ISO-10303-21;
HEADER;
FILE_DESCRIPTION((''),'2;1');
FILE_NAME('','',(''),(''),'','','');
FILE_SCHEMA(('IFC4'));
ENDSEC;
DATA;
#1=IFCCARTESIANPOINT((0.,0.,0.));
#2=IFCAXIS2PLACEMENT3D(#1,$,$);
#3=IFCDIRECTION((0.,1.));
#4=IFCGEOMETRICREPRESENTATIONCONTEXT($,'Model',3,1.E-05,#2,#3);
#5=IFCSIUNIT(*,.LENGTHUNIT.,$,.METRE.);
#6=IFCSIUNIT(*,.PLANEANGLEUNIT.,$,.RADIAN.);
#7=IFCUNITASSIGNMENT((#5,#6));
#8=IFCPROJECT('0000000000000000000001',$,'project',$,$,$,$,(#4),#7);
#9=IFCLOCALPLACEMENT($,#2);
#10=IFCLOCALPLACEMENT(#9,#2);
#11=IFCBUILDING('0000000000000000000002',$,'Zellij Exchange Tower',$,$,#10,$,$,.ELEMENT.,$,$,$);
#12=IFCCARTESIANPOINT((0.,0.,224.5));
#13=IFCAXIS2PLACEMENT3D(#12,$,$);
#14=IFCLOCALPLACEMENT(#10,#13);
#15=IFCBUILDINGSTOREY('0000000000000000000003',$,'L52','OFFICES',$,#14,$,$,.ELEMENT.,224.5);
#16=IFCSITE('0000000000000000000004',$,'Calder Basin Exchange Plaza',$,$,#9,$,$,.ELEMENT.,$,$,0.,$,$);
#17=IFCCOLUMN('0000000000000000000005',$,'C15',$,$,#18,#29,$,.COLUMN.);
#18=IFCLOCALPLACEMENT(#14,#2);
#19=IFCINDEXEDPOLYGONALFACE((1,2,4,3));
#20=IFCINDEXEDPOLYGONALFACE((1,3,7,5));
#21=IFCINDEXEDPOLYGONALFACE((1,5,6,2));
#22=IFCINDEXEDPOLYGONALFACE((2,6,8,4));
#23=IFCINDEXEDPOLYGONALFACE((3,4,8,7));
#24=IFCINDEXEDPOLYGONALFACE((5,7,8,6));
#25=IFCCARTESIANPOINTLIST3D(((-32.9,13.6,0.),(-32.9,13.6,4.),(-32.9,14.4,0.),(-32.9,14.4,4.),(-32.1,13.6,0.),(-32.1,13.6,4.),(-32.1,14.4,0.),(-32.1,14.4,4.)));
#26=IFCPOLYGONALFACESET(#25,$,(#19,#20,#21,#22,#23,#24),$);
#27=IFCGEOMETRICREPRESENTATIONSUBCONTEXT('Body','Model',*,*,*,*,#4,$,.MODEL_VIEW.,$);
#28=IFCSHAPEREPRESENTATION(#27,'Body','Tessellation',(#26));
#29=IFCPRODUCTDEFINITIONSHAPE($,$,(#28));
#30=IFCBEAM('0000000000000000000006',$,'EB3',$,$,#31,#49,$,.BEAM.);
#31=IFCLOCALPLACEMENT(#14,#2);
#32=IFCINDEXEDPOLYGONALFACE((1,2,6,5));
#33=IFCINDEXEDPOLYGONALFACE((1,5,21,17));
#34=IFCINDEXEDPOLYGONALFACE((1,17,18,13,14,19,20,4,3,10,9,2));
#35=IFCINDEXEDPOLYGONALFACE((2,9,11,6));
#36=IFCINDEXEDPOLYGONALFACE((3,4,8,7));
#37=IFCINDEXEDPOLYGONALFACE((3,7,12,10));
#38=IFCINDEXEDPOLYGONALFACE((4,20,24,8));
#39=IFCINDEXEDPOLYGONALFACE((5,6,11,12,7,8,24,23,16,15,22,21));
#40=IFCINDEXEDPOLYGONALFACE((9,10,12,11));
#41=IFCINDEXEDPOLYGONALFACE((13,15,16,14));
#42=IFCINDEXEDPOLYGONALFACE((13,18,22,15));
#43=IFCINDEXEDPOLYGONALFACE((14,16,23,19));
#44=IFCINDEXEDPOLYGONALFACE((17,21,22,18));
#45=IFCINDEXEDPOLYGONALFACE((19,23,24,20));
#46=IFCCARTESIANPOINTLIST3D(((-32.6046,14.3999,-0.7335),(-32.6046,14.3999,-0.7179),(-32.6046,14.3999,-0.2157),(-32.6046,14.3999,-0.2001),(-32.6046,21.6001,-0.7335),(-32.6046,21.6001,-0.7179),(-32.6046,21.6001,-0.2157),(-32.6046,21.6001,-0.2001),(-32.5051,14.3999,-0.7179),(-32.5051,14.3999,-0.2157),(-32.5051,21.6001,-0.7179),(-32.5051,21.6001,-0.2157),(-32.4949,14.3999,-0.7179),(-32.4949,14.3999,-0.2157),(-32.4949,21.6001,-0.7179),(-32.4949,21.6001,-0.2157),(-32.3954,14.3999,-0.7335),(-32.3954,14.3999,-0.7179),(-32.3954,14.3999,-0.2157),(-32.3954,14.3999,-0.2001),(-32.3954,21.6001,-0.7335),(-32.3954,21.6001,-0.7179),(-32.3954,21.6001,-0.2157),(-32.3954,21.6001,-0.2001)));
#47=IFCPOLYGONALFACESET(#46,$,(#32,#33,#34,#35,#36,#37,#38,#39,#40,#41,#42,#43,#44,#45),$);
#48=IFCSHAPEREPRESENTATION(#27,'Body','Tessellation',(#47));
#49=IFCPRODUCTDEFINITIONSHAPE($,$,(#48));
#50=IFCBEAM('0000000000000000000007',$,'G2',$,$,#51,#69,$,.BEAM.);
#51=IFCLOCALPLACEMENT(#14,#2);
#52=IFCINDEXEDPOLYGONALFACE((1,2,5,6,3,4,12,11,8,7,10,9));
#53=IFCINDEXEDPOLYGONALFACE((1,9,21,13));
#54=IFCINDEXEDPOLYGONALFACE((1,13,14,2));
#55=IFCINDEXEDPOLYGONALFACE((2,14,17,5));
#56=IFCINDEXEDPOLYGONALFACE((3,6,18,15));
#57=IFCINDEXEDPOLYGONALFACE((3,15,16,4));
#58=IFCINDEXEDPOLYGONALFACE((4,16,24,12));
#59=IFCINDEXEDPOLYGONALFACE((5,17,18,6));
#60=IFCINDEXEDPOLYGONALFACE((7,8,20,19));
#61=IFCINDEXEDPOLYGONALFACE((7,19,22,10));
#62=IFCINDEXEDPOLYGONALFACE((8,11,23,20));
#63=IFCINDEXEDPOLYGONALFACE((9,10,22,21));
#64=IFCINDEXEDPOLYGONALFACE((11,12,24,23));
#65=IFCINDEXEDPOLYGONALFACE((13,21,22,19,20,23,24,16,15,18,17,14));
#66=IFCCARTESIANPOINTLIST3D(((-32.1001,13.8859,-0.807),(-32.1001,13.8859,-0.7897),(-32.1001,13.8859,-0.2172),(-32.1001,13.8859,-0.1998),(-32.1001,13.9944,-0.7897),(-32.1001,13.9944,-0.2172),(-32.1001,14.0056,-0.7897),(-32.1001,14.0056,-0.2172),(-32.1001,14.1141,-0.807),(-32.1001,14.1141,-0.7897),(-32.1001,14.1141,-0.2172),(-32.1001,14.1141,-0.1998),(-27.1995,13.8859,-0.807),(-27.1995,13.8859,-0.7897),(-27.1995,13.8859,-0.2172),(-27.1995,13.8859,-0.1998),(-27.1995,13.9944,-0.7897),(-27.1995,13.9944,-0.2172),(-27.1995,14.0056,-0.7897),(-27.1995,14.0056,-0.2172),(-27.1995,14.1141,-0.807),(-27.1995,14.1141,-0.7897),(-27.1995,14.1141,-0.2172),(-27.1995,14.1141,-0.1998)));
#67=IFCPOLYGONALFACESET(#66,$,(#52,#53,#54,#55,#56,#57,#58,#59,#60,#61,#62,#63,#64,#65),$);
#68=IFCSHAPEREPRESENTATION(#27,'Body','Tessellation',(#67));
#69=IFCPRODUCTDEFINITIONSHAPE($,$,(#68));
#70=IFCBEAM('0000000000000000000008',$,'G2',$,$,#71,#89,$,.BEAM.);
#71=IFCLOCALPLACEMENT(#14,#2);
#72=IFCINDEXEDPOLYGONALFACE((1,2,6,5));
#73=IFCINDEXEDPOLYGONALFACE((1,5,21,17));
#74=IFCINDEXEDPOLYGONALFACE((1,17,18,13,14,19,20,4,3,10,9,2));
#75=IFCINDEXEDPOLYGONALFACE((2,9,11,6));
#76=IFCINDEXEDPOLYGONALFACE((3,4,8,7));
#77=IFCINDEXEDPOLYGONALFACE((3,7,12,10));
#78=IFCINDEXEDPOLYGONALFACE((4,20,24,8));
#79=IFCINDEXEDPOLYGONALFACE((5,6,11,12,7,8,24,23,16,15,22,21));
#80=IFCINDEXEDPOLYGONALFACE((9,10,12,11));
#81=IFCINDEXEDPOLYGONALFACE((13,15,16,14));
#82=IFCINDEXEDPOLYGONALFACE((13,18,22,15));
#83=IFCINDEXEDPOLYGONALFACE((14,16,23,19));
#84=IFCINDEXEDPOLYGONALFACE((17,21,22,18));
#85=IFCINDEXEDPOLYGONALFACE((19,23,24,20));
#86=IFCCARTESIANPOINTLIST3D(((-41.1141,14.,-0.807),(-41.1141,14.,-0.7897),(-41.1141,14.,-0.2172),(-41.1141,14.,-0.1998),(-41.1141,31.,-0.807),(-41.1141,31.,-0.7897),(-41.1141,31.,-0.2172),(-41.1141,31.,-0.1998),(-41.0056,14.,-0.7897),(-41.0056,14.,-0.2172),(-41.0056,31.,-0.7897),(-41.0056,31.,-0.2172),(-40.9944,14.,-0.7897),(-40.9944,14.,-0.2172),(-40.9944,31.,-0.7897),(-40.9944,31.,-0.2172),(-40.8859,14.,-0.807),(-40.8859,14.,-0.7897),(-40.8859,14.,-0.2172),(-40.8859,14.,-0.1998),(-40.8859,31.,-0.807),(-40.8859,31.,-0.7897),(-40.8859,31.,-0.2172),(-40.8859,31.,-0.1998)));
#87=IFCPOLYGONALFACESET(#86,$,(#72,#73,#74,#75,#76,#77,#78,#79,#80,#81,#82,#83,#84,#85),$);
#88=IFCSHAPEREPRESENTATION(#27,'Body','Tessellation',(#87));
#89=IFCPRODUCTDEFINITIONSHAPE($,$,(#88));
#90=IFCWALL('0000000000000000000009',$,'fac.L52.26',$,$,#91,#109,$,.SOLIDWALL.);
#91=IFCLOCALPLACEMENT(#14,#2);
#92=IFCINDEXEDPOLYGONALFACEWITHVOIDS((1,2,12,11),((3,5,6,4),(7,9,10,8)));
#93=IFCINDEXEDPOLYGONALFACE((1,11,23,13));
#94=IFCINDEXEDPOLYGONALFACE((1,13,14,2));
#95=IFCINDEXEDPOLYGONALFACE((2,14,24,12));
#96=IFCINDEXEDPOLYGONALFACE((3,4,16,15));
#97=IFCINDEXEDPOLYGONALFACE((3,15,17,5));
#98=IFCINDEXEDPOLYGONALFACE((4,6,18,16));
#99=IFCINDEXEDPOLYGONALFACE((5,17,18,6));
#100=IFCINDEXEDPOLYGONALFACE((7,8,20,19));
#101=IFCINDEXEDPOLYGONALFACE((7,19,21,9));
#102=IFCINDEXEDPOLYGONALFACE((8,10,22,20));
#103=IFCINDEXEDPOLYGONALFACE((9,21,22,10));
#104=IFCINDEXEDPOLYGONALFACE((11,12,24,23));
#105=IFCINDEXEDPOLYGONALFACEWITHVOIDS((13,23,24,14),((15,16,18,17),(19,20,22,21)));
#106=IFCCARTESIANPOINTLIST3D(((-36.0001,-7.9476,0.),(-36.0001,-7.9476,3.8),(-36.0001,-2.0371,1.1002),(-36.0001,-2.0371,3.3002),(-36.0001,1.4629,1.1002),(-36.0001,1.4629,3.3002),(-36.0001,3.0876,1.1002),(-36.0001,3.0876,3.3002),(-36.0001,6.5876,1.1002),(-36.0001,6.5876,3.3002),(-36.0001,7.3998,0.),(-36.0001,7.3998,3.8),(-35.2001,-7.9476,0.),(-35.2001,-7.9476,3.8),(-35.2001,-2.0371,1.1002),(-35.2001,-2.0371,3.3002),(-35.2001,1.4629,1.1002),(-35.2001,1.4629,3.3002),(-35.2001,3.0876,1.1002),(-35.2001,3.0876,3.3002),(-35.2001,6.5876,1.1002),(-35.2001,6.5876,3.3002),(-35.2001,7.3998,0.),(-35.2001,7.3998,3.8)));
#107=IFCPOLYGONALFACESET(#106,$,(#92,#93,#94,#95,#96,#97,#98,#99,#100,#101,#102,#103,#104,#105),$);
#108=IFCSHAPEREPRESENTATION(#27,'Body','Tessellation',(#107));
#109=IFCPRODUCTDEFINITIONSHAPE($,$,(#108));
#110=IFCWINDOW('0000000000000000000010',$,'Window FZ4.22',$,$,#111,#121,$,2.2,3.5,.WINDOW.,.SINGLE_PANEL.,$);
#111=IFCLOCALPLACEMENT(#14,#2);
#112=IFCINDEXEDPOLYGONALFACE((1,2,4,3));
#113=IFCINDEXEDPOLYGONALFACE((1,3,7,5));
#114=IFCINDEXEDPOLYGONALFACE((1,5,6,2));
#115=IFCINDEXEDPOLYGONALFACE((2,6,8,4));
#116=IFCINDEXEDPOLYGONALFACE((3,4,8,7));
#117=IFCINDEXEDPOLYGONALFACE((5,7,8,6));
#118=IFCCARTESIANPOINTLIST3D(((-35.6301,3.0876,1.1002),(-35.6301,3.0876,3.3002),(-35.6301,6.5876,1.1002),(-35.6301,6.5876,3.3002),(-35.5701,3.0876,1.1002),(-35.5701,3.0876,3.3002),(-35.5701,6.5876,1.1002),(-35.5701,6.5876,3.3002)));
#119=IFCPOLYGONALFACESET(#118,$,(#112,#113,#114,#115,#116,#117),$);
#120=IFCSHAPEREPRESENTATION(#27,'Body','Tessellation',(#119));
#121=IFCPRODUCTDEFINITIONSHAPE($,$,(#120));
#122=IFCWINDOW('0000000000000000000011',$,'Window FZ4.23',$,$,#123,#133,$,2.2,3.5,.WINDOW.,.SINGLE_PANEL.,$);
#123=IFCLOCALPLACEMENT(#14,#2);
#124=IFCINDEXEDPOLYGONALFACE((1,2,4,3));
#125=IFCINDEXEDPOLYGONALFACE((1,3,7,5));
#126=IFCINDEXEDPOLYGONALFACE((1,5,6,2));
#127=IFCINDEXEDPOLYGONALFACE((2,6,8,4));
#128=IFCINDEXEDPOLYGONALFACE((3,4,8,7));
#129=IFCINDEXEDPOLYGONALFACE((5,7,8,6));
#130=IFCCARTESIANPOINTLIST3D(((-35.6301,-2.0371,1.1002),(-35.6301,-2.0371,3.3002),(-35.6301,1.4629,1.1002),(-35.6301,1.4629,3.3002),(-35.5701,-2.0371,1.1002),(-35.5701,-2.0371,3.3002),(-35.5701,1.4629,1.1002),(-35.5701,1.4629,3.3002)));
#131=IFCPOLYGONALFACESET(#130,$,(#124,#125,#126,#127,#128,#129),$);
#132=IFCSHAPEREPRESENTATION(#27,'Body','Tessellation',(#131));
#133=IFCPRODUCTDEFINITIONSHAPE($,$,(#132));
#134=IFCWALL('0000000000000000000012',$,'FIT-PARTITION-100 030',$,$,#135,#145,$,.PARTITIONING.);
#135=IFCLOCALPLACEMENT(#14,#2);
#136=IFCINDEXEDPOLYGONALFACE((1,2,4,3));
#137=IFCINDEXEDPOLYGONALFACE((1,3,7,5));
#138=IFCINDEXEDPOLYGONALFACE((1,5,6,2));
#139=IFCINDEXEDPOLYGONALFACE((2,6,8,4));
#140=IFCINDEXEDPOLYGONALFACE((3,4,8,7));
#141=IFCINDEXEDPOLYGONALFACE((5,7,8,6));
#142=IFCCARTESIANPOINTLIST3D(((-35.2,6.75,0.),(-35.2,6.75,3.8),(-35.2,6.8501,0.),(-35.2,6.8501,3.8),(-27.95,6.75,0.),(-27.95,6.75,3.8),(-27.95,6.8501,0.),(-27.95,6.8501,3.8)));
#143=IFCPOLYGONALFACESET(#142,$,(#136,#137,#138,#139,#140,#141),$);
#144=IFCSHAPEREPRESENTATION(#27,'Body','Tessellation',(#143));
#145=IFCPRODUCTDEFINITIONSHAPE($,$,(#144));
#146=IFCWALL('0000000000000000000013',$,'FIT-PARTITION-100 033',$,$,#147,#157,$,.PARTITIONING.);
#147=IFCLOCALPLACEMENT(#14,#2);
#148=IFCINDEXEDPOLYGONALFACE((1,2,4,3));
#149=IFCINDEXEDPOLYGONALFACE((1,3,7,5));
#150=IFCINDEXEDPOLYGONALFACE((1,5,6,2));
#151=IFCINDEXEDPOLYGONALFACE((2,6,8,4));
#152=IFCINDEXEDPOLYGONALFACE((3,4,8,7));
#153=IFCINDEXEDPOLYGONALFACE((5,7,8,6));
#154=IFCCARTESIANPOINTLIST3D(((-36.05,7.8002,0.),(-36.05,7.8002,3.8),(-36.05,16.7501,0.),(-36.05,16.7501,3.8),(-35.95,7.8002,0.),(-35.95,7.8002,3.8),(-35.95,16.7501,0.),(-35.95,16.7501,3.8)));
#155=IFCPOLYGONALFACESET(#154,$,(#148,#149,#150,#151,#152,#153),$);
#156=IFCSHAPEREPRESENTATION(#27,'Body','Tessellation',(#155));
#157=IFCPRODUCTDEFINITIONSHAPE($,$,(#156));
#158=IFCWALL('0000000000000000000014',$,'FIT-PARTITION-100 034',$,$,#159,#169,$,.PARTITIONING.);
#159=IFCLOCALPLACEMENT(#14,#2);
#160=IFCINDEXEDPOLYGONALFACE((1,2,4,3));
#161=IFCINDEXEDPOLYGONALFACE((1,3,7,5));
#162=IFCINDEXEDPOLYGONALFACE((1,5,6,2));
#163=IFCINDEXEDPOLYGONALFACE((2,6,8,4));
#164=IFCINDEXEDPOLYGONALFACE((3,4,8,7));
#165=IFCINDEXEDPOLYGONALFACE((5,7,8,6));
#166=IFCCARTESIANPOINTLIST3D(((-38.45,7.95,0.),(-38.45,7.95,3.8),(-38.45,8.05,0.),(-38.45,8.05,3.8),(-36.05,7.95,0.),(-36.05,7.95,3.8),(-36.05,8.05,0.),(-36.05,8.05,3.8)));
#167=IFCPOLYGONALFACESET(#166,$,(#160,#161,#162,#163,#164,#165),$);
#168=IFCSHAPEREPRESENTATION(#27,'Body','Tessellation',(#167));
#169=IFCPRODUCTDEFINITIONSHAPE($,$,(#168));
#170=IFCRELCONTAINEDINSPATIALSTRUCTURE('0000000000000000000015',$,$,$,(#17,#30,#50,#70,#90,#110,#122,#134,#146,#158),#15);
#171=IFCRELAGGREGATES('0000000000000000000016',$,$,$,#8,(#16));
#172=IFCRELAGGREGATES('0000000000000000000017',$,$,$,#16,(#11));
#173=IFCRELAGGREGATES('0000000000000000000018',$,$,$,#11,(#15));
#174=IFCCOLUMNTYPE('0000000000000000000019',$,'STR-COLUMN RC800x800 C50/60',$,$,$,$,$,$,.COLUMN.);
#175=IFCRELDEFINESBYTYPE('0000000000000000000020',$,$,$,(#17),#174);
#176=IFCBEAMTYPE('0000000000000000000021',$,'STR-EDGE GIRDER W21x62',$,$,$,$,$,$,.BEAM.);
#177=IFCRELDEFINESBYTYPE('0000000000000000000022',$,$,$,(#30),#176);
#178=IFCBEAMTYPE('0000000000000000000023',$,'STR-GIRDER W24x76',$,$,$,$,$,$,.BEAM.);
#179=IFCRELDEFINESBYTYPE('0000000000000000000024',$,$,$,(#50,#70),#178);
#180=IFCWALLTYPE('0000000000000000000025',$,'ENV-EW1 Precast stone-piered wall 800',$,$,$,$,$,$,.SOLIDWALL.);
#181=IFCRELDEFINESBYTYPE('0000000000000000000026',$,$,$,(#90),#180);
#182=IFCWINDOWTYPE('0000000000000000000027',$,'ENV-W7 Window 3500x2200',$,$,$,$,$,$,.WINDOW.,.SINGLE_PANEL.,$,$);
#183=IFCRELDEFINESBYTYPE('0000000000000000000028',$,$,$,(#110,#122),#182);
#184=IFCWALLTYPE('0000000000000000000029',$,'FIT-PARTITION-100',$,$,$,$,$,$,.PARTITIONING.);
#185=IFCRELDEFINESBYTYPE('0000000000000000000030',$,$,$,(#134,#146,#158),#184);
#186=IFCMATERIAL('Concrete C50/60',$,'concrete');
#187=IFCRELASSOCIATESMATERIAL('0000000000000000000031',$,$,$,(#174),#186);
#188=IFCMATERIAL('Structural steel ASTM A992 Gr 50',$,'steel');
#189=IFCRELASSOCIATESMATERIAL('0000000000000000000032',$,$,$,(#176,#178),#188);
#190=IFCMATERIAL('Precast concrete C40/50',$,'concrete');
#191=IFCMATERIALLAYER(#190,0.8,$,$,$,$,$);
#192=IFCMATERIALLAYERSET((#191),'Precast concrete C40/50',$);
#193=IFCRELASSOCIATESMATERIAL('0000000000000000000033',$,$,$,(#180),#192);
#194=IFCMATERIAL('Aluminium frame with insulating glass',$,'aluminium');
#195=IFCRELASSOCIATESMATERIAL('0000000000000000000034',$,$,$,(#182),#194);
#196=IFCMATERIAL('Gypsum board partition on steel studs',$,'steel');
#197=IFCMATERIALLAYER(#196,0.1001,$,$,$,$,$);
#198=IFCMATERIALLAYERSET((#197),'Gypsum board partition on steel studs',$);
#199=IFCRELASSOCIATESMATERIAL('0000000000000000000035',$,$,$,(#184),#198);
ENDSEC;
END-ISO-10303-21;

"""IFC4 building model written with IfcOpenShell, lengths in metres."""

from ifc_helpers import new_model, si_unit, direction, frame, frame_2d, origin, origin_2d, place, context, subcontext, project, spatial, rectangle, i_section, extrude, material, layer, layer_set, material_profile, profile_set, type_object, element, fill, save


model = new_model("IFC4")

# Units and contexts
model_context = context("Model", 3, precision=1e-05, world=origin(), true_north=direction((0.0, 1.0)))
body_context = subcontext(model_context, "Body", "Model", "MODEL_VIEW")
ifc_project = project(units=[si_unit("LENGTHUNIT", "METRE"), si_unit("PLANEANGLEUNIT", "RADIAN")], contexts=[model_context])

# Site, building, storey
site_placement = place(None, origin())
site = spatial("IfcSite", under=ifc_project, at=site_placement, Name="Calder Basin Exchange Plaza", CompositionType="ELEMENT", RefElevation=0.0)
building_placement = place(site_placement, origin())
building = spatial("IfcBuilding", under=site, at=building_placement, Name="Zellij Exchange Tower", CompositionType="ELEMENT")
storey_placement = place(building_placement, frame((0.0, 0.0, 224.5)))
storey = spatial("IfcBuildingStorey", under=building, at=storey_placement, Name="L52", Description="OFFICES", CompositionType="ELEMENT", Elevation=224.5)

# Column
ifc_material_1 = material(Name="Concrete C50/60", Category="concrete")
ifc_material_profile_1 = material_profile(ifc_material_1, rectangle(XDim=0.8, YDim=0.8, at=origin_2d()), Name="STR-COLUMN RC800x800 C50/60")
ifc_profile_set_1 = profile_set([ifc_material_profile_1], Name="Concrete C50/60")
column_type = type_object("IfcColumnType", Name="STR-COLUMN RC800x800 C50/60", PredefinedType="COLUMN", material=ifc_profile_set_1)
column_placement = place(storey_placement, frame((-32.5, 14.0, 0.0), z_axis=(0.0, 0.0, 1.0), x_axis=(1.0, 0.0, 0.0)))
element("IfcColumn", 1, at=column_placement, inside=storey, type_object=column_type, Name="C15", PredefinedType="COLUMN", context=body_context, shape_type="SweptSolid", body=[
    extrude(rectangle(XDim=0.8, YDim=0.8, at=origin_2d()), origin(), (0.0, 0.0, 1.0), 4.0),
])

# Beams
ifc_material_2 = material(Name="Structural steel ASTM A992 Gr 50", Category="steel")
ifc_material_profile_2 = material_profile(ifc_material_2, i_section(OverallWidth=0.2092, OverallDepth=0.5334, WebThickness=0.0103, FlangeThickness=0.0156, at=origin_2d()), Name="W21x62")
ifc_profile_set_2 = profile_set([ifc_material_profile_2], Name="Structural steel ASTM A992 Gr 50")
beam_type_1 = type_object("IfcBeamType", Name="STR-EDGE GIRDER W21x62", PredefinedType="BEAM", material=ifc_profile_set_2)
beam_1_placement = place(storey_placement, frame((-32.5, 14.3999, -0.4668), z_axis=(0.0, 1.0, 0.0), x_axis=(-1.0, 0.0, 0.0)))
element("IfcBeam", 2, at=beam_1_placement, inside=storey, type_object=beam_type_1, Name="EB3", PredefinedType="BEAM", context=body_context, shape_type="SweptSolid", body=[
    extrude(i_section(OverallWidth=0.2092, OverallDepth=0.5334, WebThickness=0.0103, FlangeThickness=0.0156, at=origin_2d()), origin(), (0.0, 0.0, 1.0), 7.2002),
])
ifc_material_profile_3 = material_profile(ifc_material_2, i_section(OverallWidth=0.2283, OverallDepth=0.6072, WebThickness=0.0112, FlangeThickness=0.0173, at=origin_2d()), Name="W24x76")
ifc_profile_set_3 = profile_set([ifc_material_profile_3], Name="Structural steel ASTM A992 Gr 50")
beam_type_2 = type_object("IfcBeamType", Name="STR-GIRDER W24x76", PredefinedType="BEAM", material=ifc_profile_set_3)
beam_2_placement = place(storey_placement, frame((-32.1001, 14.0, -0.5034), z_axis=(1.0, 0.0, 0.0), x_axis=(0.0, 1.0, 0.0)))
element("IfcBeam", 3, at=beam_2_placement, inside=storey, type_object=beam_type_2, Name="G2", PredefinedType="BEAM", context=body_context, shape_type="SweptSolid", body=[
    extrude(i_section(OverallWidth=0.2283, OverallDepth=0.6072, WebThickness=0.0112, FlangeThickness=0.0173, at=origin_2d()), origin(), (0.0, 0.0, 1.0), 4.9006),
])
beam_3_placement = place(storey_placement, frame((-41.0, 14.0, -0.5034), z_axis=(0.0, 1.0, 0.0), x_axis=(-1.0, 0.0, 0.0)))
element("IfcBeam", 4, at=beam_3_placement, inside=storey, type_object=beam_type_2, Name="G2", PredefinedType="BEAM", context=body_context, shape_type="SweptSolid", body=[
    extrude(i_section(OverallWidth=0.2283, OverallDepth=0.6072, WebThickness=0.0112, FlangeThickness=0.0173, at=origin_2d()), origin(), (0.0, 0.0, 1.0), 17.0),
])

# Wall, openings, windows
ifc_material_3 = material(Name="Precast concrete C40/50", Category="concrete")
ifc_layer_1 = layer(ifc_material_3, 0.8)
ifc_layer_set_1 = layer_set([ifc_layer_1], Name="Precast concrete C40/50")
wall_type_1 = type_object("IfcWallType", Name="ENV-EW1 Precast stone-piered wall 800", PredefinedType="SOLIDWALL", material=ifc_layer_set_1)
wall_1_placement = place(storey_placement, frame((-35.6001, 7.3999, 0.0), z_axis=(0.0, 0.0, 1.0), x_axis=(0.0, -1.0, 0.0)))
wall_1 = element("IfcWall", 5, at=wall_1_placement, inside=storey, type_object=wall_type_1, Name="fac.L52.26", PredefinedType="SOLIDWALL", context=body_context, shape_type="SweptSolid", body=[
    extrude(rectangle(XDim=15.3474, YDim=0.8, at=frame_2d((7.6738, 0.0))), origin(), (0.0, 0.0, 1.0), 3.8),
])
opening_1_placement = place(wall_1_placement, frame((0.8123, 0.0, 1.1001)))
opening_1 = element("IfcOpeningElement", 6, at=opening_1_placement, cuts=wall_1, PredefinedType="OPENING", context=body_context, shape_type="SweptSolid", body=[
    extrude(rectangle(XDim=3.5, YDim=2.2, at=frame_2d((1.75, 1.1001))), frame((0.0, 0.4121, 0.0), z_axis=(0.0, -1.0, 0.0), x_axis=(1.0, 0.0, 0.0)), (0.0, 0.0, 1.0), 0.824),
])
opening_2_placement = place(wall_1_placement, frame((5.937, 0.0, 1.1001)))
opening_2 = element("IfcOpeningElement", 7, at=opening_2_placement, cuts=wall_1, PredefinedType="OPENING", context=body_context, shape_type="SweptSolid", body=[
    extrude(rectangle(XDim=3.5, YDim=2.2, at=frame_2d((1.75, 1.1001))), frame((0.0, 0.4121, 0.0), z_axis=(0.0, -1.0, 0.0), x_axis=(1.0, 0.0, 0.0)), (0.0, 0.0, 1.0), 0.824),
])
ifc_material_4 = material(Name="Aluminium frame with insulating glass", Category="aluminium")
window_type = type_object("IfcWindowType", Name="ENV-W7 Window 3500x2200", PartitioningType="SINGLE_PANEL", PredefinedType="WINDOW", material=ifc_material_4)
window_1_placement = place(opening_1_placement, origin())
window_1 = element("IfcWindow", 8, at=window_1_placement, inside=storey, type_object=window_type, Name="Window FZ4.22", OverallHeight=2.2, OverallWidth=3.5, PartitioningType="SINGLE_PANEL", PredefinedType="WINDOW", context=body_context, shape_type="SweptSolid", body=[
    extrude(rectangle(XDim=3.5, YDim=2.2, at=frame_2d((1.75, 1.1001))), frame((0.0, 0.03, 0.0), z_axis=(0.0, -1.0, 0.0), x_axis=(1.0, 0.0, 0.0)), (0.0, 0.0, 1.0), 0.0601),
])
fill(opening_1, window_1)
window_2_placement = place(opening_2_placement, origin())
window_2 = element("IfcWindow", 9, at=window_2_placement, inside=storey, type_object=window_type, Name="Window FZ4.23", OverallHeight=2.2, OverallWidth=3.5, PartitioningType="SINGLE_PANEL", PredefinedType="WINDOW", context=body_context, shape_type="SweptSolid", body=[
    extrude(rectangle(XDim=3.5, YDim=2.2, at=frame_2d((1.75, 1.1001))), frame((0.0, 0.03, 0.0), z_axis=(0.0, -1.0, 0.0), x_axis=(1.0, 0.0, 0.0)), (0.0, 0.0, 1.0), 0.0601),
])
fill(opening_2, window_2)

# Walls
ifc_material_5 = material(Name="Gypsum board partition on steel studs", Category="steel")
ifc_layer_2 = layer(ifc_material_5, 0.1001)
ifc_layer_set_2 = layer_set([ifc_layer_2], Name="Gypsum board partition on steel studs")
wall_type_2 = type_object("IfcWallType", Name="FIT-PARTITION-100", PredefinedType="PARTITIONING", material=ifc_layer_set_2)
wall_2_placement = place(storey_placement, frame((-35.2, 6.8, 0.0), z_axis=(0.0, 0.0, 1.0), x_axis=(1.0, 0.0, 0.0)))
element("IfcWall", 10, at=wall_2_placement, inside=storey, type_object=wall_type_2, Name="FIT-PARTITION-100 030", PredefinedType="PARTITIONING", context=body_context, shape_type="SweptSolid", body=[
    extrude(rectangle(XDim=7.25, YDim=0.1001, at=frame_2d((3.625, 0.0))), origin(), (0.0, 0.0, 1.0), 3.8),
])
wall_3_placement = place(storey_placement, frame((-36.0, 7.8, 0.0), z_axis=(0.0, 0.0, 1.0), x_axis=(0.0, 1.0, 0.0)))
element("IfcWall", 11, at=wall_3_placement, inside=storey, type_object=wall_type_2, Name="FIT-PARTITION-100 033", PredefinedType="PARTITIONING", context=body_context, shape_type="SweptSolid", body=[
    extrude(rectangle(XDim=8.95, YDim=0.1001, at=frame_2d((4.4751, 0.0))), origin(), (0.0, 0.0, 1.0), 3.8),
])
wall_4_placement = place(storey_placement, frame((-38.45, 8.0, 0.0), z_axis=(0.0, 0.0, 1.0), x_axis=(1.0, 0.0, 0.0)))
element("IfcWall", 12, at=wall_4_placement, inside=storey, type_object=wall_type_2, Name="FIT-PARTITION-100 034", PredefinedType="PARTITIONING", context=body_context, shape_type="SweptSolid", body=[
    extrude(rectangle(XDim=2.3999, YDim=0.1001, at=frame_2d((1.2, 0.0))), origin(), (0.0, 0.0, 1.0), 3.8),
])

save(model, "model.ifc")
